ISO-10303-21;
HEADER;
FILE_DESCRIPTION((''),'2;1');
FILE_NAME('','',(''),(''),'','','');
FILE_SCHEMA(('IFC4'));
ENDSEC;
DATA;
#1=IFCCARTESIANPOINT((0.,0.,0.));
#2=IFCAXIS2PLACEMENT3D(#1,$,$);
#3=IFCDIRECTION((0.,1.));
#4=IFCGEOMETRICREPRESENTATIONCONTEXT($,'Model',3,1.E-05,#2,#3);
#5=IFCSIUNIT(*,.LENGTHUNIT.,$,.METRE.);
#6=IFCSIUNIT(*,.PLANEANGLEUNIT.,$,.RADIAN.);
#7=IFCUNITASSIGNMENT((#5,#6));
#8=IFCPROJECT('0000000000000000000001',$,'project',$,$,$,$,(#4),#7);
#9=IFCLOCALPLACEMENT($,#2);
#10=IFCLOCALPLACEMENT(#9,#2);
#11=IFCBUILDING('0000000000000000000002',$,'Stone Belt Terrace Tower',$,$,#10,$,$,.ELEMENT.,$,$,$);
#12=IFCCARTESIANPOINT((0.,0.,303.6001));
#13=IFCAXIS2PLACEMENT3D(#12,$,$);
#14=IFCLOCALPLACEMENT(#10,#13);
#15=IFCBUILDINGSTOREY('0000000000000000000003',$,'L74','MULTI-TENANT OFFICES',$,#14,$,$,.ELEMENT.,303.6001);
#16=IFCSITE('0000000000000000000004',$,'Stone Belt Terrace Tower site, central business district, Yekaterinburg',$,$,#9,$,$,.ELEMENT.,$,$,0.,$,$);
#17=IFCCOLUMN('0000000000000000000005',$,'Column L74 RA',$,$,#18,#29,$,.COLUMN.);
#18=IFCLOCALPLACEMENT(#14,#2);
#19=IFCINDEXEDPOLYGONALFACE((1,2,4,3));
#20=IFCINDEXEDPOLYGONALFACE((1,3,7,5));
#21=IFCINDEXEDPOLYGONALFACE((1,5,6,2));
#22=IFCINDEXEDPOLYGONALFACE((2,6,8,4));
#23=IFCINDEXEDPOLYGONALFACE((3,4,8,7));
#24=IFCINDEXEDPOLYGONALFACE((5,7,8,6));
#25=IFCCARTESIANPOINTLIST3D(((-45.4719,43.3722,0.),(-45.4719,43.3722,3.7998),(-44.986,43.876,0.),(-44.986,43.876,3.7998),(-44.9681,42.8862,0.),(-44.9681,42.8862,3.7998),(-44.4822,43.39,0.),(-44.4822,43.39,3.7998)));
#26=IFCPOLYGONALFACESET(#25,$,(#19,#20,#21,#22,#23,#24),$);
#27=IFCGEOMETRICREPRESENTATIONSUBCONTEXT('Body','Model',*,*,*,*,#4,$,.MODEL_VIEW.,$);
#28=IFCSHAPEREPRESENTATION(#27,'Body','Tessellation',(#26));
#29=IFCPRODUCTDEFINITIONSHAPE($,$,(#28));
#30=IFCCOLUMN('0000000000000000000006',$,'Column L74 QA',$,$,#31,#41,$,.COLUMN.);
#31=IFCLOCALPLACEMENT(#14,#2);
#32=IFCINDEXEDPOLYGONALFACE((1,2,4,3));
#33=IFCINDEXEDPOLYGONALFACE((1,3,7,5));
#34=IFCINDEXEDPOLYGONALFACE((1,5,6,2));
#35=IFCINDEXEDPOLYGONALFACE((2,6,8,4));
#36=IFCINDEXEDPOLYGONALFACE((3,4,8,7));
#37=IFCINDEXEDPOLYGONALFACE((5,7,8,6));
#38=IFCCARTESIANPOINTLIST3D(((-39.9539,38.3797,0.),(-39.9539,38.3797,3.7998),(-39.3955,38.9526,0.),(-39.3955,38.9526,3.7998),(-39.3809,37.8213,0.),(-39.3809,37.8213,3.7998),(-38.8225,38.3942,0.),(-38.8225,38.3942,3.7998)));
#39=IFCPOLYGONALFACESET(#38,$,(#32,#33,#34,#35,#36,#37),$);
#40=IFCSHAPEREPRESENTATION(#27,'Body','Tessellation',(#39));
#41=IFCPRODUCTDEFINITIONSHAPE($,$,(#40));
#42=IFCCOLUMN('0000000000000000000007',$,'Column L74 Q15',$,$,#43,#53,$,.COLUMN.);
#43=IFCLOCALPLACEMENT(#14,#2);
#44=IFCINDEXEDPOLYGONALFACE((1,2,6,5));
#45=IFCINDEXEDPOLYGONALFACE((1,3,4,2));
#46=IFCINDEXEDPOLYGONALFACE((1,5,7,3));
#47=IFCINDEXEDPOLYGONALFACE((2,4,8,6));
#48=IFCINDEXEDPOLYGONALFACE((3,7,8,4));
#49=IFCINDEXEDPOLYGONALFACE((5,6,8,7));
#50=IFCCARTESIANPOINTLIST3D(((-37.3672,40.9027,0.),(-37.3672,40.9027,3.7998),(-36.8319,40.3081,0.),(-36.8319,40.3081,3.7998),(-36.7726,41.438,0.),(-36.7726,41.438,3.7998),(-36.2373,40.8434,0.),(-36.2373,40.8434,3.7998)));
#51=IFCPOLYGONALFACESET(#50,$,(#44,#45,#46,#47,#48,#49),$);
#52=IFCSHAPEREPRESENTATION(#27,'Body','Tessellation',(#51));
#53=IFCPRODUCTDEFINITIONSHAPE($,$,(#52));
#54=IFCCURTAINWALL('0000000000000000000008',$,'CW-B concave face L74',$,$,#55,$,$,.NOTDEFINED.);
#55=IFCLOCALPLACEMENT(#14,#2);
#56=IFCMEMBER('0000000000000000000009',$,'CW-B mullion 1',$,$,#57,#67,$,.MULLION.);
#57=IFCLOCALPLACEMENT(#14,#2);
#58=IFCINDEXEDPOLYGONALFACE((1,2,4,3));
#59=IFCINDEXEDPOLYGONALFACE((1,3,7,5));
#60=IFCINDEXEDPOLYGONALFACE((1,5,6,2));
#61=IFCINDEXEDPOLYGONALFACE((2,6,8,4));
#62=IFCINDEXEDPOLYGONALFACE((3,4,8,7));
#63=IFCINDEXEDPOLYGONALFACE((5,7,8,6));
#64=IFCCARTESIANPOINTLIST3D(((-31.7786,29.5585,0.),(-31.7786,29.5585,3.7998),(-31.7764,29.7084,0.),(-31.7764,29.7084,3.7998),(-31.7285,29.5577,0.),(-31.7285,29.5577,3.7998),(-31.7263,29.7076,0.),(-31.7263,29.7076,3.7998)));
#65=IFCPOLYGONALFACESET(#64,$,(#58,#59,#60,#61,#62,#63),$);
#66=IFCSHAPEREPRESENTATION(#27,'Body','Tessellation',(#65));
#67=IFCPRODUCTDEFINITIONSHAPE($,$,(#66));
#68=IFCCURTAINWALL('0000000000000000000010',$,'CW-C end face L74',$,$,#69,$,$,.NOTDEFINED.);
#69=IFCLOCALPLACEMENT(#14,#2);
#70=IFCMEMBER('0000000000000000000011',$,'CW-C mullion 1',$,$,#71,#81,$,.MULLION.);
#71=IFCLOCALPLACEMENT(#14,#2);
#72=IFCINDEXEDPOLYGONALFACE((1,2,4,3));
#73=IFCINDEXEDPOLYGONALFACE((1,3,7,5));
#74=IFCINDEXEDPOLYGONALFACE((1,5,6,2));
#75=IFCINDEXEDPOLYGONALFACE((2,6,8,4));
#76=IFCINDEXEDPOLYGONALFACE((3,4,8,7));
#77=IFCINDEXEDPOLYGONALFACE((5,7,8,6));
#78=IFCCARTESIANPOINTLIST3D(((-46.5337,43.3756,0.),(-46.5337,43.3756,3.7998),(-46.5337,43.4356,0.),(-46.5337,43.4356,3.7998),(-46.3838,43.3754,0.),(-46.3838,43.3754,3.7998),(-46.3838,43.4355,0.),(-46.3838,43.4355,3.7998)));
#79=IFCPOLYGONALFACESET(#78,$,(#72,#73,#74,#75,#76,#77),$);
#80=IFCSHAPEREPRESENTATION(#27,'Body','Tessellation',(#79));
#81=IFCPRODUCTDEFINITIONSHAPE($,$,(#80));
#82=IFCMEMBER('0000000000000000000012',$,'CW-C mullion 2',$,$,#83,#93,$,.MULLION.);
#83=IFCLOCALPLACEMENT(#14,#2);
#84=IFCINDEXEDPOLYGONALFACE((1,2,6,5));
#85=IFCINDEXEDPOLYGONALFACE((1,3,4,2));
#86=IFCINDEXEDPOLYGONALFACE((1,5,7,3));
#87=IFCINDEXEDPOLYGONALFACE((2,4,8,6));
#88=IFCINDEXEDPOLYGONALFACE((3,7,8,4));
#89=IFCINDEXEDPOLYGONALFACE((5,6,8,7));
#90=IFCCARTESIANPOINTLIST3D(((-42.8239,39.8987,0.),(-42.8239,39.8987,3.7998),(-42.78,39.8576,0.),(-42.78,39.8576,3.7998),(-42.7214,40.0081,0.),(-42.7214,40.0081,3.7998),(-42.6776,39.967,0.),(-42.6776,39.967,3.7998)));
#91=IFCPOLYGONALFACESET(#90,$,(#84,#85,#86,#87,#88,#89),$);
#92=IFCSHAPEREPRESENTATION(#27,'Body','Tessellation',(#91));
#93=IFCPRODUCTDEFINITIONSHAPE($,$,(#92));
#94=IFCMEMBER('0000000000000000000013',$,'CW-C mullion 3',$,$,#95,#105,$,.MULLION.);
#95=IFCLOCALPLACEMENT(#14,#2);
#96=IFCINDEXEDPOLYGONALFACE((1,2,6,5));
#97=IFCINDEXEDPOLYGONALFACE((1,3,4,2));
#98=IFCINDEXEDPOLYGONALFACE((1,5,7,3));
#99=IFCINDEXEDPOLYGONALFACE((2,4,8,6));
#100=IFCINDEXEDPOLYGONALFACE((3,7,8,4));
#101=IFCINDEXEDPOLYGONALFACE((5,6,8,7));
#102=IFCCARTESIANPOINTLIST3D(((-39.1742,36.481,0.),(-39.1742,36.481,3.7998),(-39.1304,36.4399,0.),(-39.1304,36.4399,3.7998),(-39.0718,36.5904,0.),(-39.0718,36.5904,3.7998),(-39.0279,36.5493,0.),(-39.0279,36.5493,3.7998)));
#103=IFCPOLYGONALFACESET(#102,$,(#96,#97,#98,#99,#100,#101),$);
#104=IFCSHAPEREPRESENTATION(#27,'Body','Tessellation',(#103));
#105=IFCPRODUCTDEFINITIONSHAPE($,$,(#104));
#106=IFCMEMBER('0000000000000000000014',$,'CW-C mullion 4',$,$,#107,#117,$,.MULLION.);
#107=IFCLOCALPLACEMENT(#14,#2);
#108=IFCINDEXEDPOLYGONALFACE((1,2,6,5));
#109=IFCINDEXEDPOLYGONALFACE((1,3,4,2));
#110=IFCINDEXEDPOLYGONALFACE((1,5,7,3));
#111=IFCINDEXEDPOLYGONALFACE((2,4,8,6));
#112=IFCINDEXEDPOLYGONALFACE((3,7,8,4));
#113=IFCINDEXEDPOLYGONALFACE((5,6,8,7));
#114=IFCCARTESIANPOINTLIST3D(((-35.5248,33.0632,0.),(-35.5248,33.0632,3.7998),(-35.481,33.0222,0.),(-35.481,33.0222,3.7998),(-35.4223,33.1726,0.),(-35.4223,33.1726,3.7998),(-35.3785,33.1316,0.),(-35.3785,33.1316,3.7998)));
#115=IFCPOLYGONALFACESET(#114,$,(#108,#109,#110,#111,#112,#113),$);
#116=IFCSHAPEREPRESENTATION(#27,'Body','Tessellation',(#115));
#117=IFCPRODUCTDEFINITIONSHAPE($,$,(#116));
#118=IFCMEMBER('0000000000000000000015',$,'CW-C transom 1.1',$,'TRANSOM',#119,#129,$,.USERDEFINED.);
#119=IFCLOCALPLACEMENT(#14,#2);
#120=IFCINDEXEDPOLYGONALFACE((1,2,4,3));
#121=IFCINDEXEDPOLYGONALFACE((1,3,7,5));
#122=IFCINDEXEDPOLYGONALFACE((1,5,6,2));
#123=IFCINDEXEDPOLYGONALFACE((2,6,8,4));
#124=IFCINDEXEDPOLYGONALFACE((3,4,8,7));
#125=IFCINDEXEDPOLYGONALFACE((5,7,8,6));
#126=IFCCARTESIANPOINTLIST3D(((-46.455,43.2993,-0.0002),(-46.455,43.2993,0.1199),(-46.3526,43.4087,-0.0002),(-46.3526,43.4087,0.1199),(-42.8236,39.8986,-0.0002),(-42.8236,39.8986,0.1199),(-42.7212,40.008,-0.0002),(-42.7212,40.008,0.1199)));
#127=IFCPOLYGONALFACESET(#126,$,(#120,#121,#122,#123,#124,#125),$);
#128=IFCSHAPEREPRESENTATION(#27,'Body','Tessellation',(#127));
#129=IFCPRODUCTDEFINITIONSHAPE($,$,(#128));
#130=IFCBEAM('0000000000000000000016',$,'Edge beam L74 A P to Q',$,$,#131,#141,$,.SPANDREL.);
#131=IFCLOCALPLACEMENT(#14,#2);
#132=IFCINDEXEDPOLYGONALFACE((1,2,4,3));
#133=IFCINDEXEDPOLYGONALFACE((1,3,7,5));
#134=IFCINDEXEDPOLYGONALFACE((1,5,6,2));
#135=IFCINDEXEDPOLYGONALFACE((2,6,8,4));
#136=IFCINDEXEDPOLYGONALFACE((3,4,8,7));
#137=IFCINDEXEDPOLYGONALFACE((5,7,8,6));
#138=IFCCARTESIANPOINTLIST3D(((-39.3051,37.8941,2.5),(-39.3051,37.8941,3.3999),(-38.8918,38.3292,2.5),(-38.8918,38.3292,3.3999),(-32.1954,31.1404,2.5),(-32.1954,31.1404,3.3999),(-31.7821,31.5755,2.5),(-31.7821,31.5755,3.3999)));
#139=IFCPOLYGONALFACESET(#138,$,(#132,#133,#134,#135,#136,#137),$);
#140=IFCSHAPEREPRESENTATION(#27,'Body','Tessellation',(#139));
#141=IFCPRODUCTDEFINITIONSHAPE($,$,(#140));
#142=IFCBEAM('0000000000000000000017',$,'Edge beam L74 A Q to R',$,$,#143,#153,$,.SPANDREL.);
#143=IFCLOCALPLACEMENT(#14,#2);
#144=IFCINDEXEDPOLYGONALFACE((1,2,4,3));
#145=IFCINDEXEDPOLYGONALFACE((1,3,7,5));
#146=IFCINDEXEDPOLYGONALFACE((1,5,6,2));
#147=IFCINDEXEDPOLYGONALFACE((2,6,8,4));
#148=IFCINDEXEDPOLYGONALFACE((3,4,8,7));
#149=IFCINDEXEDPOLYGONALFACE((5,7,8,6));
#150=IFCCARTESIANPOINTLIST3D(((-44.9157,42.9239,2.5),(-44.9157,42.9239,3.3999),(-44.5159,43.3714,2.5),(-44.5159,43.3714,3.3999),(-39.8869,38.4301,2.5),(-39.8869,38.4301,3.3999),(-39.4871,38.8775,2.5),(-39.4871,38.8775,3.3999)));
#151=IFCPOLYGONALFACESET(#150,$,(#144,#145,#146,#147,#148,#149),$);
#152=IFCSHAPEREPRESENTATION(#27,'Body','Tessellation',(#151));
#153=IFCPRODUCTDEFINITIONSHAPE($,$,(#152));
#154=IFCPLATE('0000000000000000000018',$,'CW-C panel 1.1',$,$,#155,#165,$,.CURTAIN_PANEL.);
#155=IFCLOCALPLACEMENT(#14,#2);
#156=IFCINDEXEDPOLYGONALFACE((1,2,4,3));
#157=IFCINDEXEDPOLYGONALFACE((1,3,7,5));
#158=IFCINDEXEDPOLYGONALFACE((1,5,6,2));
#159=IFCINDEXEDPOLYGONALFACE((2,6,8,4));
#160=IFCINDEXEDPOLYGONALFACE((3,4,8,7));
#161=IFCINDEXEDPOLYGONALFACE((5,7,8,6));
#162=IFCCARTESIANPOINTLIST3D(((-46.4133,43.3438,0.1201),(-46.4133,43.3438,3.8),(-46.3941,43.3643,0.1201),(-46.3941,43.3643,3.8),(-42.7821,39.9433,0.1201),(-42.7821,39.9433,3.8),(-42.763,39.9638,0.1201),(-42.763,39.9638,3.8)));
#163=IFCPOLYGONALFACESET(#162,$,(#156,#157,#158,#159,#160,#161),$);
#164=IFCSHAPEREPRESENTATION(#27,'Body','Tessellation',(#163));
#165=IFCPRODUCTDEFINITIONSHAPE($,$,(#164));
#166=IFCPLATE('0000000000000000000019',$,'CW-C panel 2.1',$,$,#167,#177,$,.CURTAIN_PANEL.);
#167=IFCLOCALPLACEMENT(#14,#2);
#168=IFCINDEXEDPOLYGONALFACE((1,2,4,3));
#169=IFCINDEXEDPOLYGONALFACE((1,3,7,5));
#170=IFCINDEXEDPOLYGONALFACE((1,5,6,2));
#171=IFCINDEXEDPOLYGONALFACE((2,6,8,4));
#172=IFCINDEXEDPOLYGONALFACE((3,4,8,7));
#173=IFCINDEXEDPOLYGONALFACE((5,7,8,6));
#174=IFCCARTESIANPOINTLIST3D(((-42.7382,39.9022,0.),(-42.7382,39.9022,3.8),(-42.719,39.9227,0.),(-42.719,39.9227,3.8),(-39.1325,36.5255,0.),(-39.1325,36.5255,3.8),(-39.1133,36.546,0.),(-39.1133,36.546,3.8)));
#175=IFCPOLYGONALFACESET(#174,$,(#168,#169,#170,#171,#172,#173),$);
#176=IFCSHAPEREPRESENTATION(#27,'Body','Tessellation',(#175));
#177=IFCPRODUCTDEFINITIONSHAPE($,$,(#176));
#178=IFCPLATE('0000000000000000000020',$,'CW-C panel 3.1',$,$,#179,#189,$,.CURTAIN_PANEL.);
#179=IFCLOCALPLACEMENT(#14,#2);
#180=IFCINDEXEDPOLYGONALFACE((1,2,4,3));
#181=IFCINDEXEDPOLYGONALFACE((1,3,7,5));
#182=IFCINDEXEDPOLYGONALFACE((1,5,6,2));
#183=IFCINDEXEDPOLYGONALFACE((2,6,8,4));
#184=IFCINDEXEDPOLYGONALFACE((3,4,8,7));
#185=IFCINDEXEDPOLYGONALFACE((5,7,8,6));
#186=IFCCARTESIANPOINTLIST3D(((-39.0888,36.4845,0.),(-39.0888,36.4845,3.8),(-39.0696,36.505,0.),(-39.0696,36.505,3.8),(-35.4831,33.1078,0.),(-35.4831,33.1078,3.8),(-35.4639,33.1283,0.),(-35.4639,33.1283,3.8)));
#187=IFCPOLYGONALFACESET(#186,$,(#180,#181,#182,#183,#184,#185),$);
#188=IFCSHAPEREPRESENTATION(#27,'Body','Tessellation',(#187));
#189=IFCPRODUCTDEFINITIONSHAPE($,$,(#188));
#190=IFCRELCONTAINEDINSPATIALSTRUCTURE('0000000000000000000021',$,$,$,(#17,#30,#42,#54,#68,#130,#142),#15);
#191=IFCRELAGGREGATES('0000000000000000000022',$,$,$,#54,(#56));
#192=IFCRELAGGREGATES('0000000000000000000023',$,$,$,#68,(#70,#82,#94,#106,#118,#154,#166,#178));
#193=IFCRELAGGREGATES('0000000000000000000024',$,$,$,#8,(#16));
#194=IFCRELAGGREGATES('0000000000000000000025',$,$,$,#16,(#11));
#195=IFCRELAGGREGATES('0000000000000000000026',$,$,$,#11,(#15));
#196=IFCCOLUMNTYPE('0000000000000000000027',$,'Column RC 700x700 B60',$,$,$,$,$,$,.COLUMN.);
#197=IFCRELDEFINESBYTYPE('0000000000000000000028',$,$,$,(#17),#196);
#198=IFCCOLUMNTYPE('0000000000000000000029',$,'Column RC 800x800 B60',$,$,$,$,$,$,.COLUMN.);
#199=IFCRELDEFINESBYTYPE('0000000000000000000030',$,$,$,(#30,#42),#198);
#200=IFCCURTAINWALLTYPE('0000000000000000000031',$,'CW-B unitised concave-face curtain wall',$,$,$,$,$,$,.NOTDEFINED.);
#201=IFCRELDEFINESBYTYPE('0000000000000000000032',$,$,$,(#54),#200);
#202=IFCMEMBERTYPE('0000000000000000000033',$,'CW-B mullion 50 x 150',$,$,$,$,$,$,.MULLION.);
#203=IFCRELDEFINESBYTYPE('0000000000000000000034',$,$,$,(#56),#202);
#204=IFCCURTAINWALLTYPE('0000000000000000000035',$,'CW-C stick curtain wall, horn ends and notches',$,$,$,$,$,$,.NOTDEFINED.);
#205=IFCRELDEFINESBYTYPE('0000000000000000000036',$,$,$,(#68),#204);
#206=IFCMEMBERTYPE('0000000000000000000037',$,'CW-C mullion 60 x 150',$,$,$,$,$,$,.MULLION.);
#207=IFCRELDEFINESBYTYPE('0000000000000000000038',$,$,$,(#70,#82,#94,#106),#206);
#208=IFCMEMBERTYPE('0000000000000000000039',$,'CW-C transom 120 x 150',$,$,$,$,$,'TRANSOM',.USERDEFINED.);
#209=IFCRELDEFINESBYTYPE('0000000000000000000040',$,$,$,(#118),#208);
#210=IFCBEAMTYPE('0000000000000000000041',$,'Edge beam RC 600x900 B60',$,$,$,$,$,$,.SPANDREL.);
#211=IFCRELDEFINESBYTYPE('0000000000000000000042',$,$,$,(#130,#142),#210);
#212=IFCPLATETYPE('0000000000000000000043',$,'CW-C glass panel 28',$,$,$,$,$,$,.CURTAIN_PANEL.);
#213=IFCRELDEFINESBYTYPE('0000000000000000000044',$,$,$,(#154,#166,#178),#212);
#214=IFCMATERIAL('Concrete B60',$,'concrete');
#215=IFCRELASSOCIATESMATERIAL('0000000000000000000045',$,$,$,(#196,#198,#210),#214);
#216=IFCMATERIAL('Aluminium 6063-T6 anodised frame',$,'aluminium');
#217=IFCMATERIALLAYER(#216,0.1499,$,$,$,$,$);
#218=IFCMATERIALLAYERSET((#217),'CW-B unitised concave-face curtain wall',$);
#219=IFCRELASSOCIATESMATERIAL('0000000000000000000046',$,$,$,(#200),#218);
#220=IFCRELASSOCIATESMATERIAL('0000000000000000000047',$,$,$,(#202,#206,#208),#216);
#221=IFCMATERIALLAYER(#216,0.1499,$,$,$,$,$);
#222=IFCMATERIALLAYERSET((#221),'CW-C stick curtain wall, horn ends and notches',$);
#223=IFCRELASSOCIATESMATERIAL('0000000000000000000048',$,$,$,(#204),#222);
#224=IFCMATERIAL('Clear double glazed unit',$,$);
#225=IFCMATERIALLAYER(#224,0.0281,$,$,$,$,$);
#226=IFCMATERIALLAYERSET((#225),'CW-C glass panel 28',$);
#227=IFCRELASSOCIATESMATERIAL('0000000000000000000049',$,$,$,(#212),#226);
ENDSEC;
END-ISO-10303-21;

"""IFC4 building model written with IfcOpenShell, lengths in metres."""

from ifc_helpers import new_model, si_unit, direction, frame, origin, origin_2d, place, context, subcontext, project, spatial, rectangle, extrude, material, layer, layer_set, material_profile, profile_set, type_object, element, aggregate, save


model = new_model("IFC4")

# Units and contexts
model_context = context("Model", 3, precision=1e-05, world=origin(), true_north=direction((0.0, 1.0)))
body_context = subcontext(model_context, "Body", "Model", "MODEL_VIEW")
ifc_project = project(units=[si_unit("LENGTHUNIT", "METRE"), si_unit("PLANEANGLEUNIT", "RADIAN")], contexts=[model_context])

# Site, building, storey
site_placement = place(None, origin())
site = spatial("IfcSite", under=ifc_project, at=site_placement, Name="Stone Belt Terrace Tower site, central business district, Yekaterinburg", CompositionType="ELEMENT", RefElevation=0.0)
building_placement = place(site_placement, origin())
building = spatial("IfcBuilding", under=site, at=building_placement, Name="Stone Belt Terrace Tower", CompositionType="ELEMENT")
storey_placement = place(building_placement, frame((0.0, 0.0, 303.6001)))
storey = spatial("IfcBuildingStorey", under=building, at=storey_placement, Name="L74", Description="MULTI-TENANT OFFICES", CompositionType="ELEMENT", Elevation=303.6001)

# Columns
ifc_material_1 = material(Name="Concrete B60", Category="concrete")
ifc_material_profile_1 = material_profile(ifc_material_1, rectangle(XDim=0.7, YDim=0.7, at=origin_2d()), Name="RC 700x700")
ifc_profile_set_1 = profile_set([ifc_material_profile_1], Name="Concrete B60")
column_type_1 = type_object("IfcColumnType", Name="Column RC 700x700 B60", PredefinedType="COLUMN", material=ifc_profile_set_1)
column_placement = place(storey_placement, frame((-44.9771, 43.3811, 0.0), z_axis=(0.0, 0.0, 1.0), x_axis=(0.694221, 0.719762, 0.0)))
element("IfcColumn", 1, at=column_placement, inside=storey, type_object=column_type_1, Name="Column L74 RA", PredefinedType="COLUMN", context=body_context, shape_type="SweptSolid", body=[
    extrude(rectangle(XDim=0.7, YDim=0.7, at=origin_2d()), origin(), (0.0, 0.0, 1.0), 3.7998),
])
ifc_material_profile_2 = material_profile(ifc_material_1, rectangle(XDim=0.8, YDim=0.8, at=origin_2d()), Name="RC 800x800")
ifc_profile_set_2 = profile_set([ifc_material_profile_2], Name="Concrete B60")
column_type_2 = type_object("IfcColumnType", Name="Column RC 800x800 B60", PredefinedType="COLUMN", material=ifc_profile_set_2)
for number, where, z_axis, x_axis, name in (
    (2, (-39.3882, 38.387, 0.0), (0.0, 0.0, 1.0), (0.697944, 0.716152, 0.0), "Column L74 QA"),
    (3, (-36.8022, 40.873, 0.0), (0.0, 0.0, 1.0), (0.743145, 0.669131, 0.0), "Column L74 Q15"),
):
    element("IfcColumn", number, at=place(storey_placement, frame(where, z_axis=z_axis, x_axis=x_axis)), inside=storey, type_object=column_type_2, Name=name, PredefinedType="COLUMN", context=body_context, shape_type="SweptSolid", body=[
        extrude(rectangle(XDim=0.8, YDim=0.8, at=origin_2d()), origin(), (0.0, 0.0, 1.0), 3.7998),
    ])

# Curtain wall, member
ifc_material_2 = material(Name="Aluminium 6063-T6 anodised frame", Category="aluminium")
ifc_layer_1 = layer(ifc_material_2, 0.1499)
ifc_layer_set_1 = layer_set([ifc_layer_1], Name="CW-B unitised concave-face curtain wall")
curtain_wall_type_1 = type_object("IfcCurtainWallType", Name="CW-B unitised concave-face curtain wall", PredefinedType="NOTDEFINED", material=ifc_layer_set_1)
curtain_wall_1_placement = place(storey_placement, origin())
curtain_wall_1 = element("IfcCurtainWall", 4, at=curtain_wall_1_placement, inside=storey, type_object=curtain_wall_type_1, Name="CW-B concave face L74", PredefinedType="NOTDEFINED")
ifc_material_profile_3 = material_profile(ifc_material_2, rectangle(XDim=0.1499, YDim=0.05, at=origin_2d()), Name="Aluminium 6063-T6 50x150")
ifc_profile_set_3 = profile_set([ifc_material_profile_3], Name="Aluminium 6063-T6 anodised frame")
member_type_1 = type_object("IfcMemberType", Name="CW-B mullion 50 x 150", PredefinedType="MULLION", material=ifc_profile_set_3)
member_1_placement = place(storey_placement, frame((-31.7524, 29.6331, 0.0), z_axis=(0.0, 0.0, 1.0), x_axis=(0.014682, 0.999892, 0.0)))
member_1 = element("IfcMember", 5, at=member_1_placement, type_object=member_type_1, Name="CW-B mullion 1", PredefinedType="MULLION", context=body_context, shape_type="SweptSolid", body=[
    extrude(rectangle(XDim=0.1499, YDim=0.05, at=origin_2d()), origin(), (0.0, 0.0, 1.0), 3.7998),
])
aggregate(curtain_wall_1, [member_1])

# Curtain wall, members
ifc_layer_2 = layer(ifc_material_2, 0.1499)
ifc_layer_set_2 = layer_set([ifc_layer_2], Name="CW-C stick curtain wall, horn ends and notches")
curtain_wall_type_2 = type_object("IfcCurtainWallType", Name="CW-C stick curtain wall, horn ends and notches", PredefinedType="NOTDEFINED", material=ifc_layer_set_2)
curtain_wall_2_placement = place(storey_placement, origin())
curtain_wall_2 = element("IfcCurtainWall", 6, at=curtain_wall_2_placement, inside=storey, type_object=curtain_wall_type_2, Name="CW-C end face L74", PredefinedType="NOTDEFINED")
ifc_material_profile_4 = material_profile(ifc_material_2, rectangle(XDim=0.1499, YDim=0.0601, at=origin_2d()), Name="Aluminium 6063-T6 60x150")
ifc_profile_set_4 = profile_set([ifc_material_profile_4], Name="Aluminium 6063-T6 anodised frame")
member_type_2 = type_object("IfcMemberType", Name="CW-C mullion 60 x 150", PredefinedType="MULLION", material=ifc_profile_set_4)
member_2_placement = place(storey_placement, frame((-46.4587, 43.4055, 0.0), z_axis=(0.0, 0.0, 1.0), x_axis=(0.999999, -0.001051, 0.0)))
member_2 = element("IfcMember", 7, at=member_2_placement, type_object=member_type_2, Name="CW-C mullion 1", PredefinedType="MULLION", context=body_context, shape_type="SweptSolid", body=[
    extrude(rectangle(XDim=0.1499, YDim=0.0601, at=origin_2d()), origin(), (0.0, 0.0, 1.0), 3.7998),
])
member_3_placement = place(storey_placement, frame((-42.7507, 39.9329, 0.0), z_axis=(0.0, 0.0, 1.0), x_axis=(0.683549, 0.729904, 0.0)))
member_3 = element("IfcMember", 8, at=member_3_placement, type_object=member_type_2, Name="CW-C mullion 2", PredefinedType="MULLION", context=body_context, shape_type="SweptSolid", body=[
    extrude(rectangle(XDim=0.1499, YDim=0.0601, at=origin_2d()), origin(), (0.0, 0.0, 1.0), 3.7998),
])
member_4_placement = place(storey_placement, frame((-39.1011, 36.5151, 0.0), z_axis=(0.0, 0.0, 1.0), x_axis=(0.683549, 0.729904, 0.0)))
member_4 = element("IfcMember", 9, at=member_4_placement, type_object=member_type_2, Name="CW-C mullion 3", PredefinedType="MULLION", context=body_context, shape_type="SweptSolid", body=[
    extrude(rectangle(XDim=0.1499, YDim=0.0601, at=origin_2d()), origin(), (0.0, 0.0, 1.0), 3.7998),
])
member_5_placement = place(storey_placement, frame((-35.4517, 33.0974, 0.0), z_axis=(0.0, 0.0, 1.0), x_axis=(0.683549, 0.729904, 0.0)))
member_5 = element("IfcMember", 10, at=member_5_placement, type_object=member_type_2, Name="CW-C mullion 4", PredefinedType="MULLION", context=body_context, shape_type="SweptSolid", body=[
    extrude(rectangle(XDim=0.1499, YDim=0.0601, at=origin_2d()), origin(), (0.0, 0.0, 1.0), 3.7998),
])
ifc_material_profile_5 = material_profile(ifc_material_2, rectangle(XDim=0.1499, YDim=0.1201, at=origin_2d()), Name="Aluminium 6063-T6 150x120")
ifc_profile_set_5 = profile_set([ifc_material_profile_5], Name="Aluminium 6063-T6 anodised frame")
member_type_3 = type_object("IfcMemberType", Name="CW-C transom 120 x 150", ElementType="TRANSOM", PredefinedType="USERDEFINED", material=ifc_profile_set_5)
member_6_placement = place(storey_placement, frame((-46.4038, 43.354, 0.0598), z_axis=(0.729914, -0.683539, 0.0), x_axis=(0.683539, 0.729914, 0.0)))
member_6 = element("IfcMember", 11, at=member_6_placement, type_object=member_type_3, Name="CW-C transom 1.1", ObjectType="TRANSOM", PredefinedType="USERDEFINED", context=body_context, shape_type="SweptSolid", body=[
    extrude(rectangle(XDim=0.1499, YDim=0.1201, at=origin_2d()), origin(), (0.0, 0.0, 1.0), 4.9751),
])

# Beams
ifc_material_profile_6 = material_profile(ifc_material_1, rectangle(XDim=0.6001, YDim=0.8999, at=origin_2d()), Name="RC 600x900")
ifc_profile_set_6 = profile_set([ifc_material_profile_6], Name="Concrete B60")
beam_type = type_object("IfcBeamType", Name="Edge beam RC 600x900 B60", PredefinedType="SPANDREL", material=ifc_profile_set_6)
beam_1_placement = place(storey_placement, frame((-31.9888, 31.3579, 2.95), z_axis=(-0.725024, 0.688724, 0.0), x_axis=(-0.688724, -0.725024, 0.0)))
element("IfcBeam", 12, at=beam_1_placement, inside=storey, type_object=beam_type, Name="Edge beam L74 A P to Q", PredefinedType="SPANDREL", context=body_context, shape_type="SweptSolid", body=[
    extrude(rectangle(XDim=0.6001, YDim=0.8999, at=origin_2d()), origin(), (0.0, 0.0, 1.0), 9.8062),
])
beam_2_placement = place(storey_placement, frame((-39.687, 38.6538, 2.95), z_axis=(-0.745651, 0.666337, 0.0), x_axis=(-0.666337, -0.745651, 0.0)))
element("IfcBeam", 13, at=beam_2_placement, inside=storey, type_object=beam_type, Name="Edge beam L74 A Q to R", PredefinedType="SPANDREL", context=body_context, shape_type="SweptSolid", body=[
    extrude(rectangle(XDim=0.6001, YDim=0.8999, at=origin_2d()), origin(), (0.0, 0.0, 1.0), 6.7441),
])

# Plates
ifc_material_3 = material(Name="Clear double glazed unit")
ifc_layer_3 = layer(ifc_material_3, 0.0281)
ifc_layer_set_3 = layer_set([ifc_layer_3], Name="CW-C glass panel 28")
plate_type = type_object("IfcPlateType", Name="CW-C glass panel 28", PredefinedType="CURTAIN_PANEL", material=ifc_layer_set_3)
plate_1_placement = place(storey_placement, frame((-44.5881, 41.6538, 0.1201), z_axis=(0.0, 0.0, 1.0), x_axis=(0.729904, -0.683549, 0.0)))
plate_1 = element("IfcPlate", 14, at=plate_1_placement, type_object=plate_type, Name="CW-C panel 1.1", PredefinedType="CURTAIN_PANEL", context=body_context, shape_type="SweptSolid", body=[
    extrude(rectangle(XDim=4.9749, YDim=0.0281, at=origin_2d()), origin(), (0.0, 0.0, 1.0), 3.6799),
])
plate_2_placement = place(storey_placement, frame((-40.9258, 38.2241, 0.0), z_axis=(0.0, 0.0, 1.0), x_axis=(0.729904, -0.683549, 0.0)))
plate_2 = element("IfcPlate", 15, at=plate_2_placement, type_object=plate_type, Name="CW-C panel 2.1", PredefinedType="CURTAIN_PANEL", context=body_context, shape_type="SweptSolid", body=[
    extrude(rectangle(XDim=4.9399, YDim=0.0281, at=origin_2d()), origin(), (0.0, 0.0, 1.0), 3.8),
])
plate_3_placement = place(storey_placement, frame((-37.2764, 34.8064, 0.0), z_axis=(0.0, 0.0, 1.0), x_axis=(0.729904, -0.683549, 0.0)))
plate_3 = element("IfcPlate", 16, at=plate_3_placement, type_object=plate_type, Name="CW-C panel 3.1", PredefinedType="CURTAIN_PANEL", context=body_context, shape_type="SweptSolid", body=[
    extrude(rectangle(XDim=4.9399, YDim=0.0281, at=origin_2d()), origin(), (0.0, 0.0, 1.0), 3.8),
])
aggregate(curtain_wall_2, [member_2, member_3, member_4, member_5, member_6, plate_1, plate_2, plate_3])

save(model, "model.ifc")
